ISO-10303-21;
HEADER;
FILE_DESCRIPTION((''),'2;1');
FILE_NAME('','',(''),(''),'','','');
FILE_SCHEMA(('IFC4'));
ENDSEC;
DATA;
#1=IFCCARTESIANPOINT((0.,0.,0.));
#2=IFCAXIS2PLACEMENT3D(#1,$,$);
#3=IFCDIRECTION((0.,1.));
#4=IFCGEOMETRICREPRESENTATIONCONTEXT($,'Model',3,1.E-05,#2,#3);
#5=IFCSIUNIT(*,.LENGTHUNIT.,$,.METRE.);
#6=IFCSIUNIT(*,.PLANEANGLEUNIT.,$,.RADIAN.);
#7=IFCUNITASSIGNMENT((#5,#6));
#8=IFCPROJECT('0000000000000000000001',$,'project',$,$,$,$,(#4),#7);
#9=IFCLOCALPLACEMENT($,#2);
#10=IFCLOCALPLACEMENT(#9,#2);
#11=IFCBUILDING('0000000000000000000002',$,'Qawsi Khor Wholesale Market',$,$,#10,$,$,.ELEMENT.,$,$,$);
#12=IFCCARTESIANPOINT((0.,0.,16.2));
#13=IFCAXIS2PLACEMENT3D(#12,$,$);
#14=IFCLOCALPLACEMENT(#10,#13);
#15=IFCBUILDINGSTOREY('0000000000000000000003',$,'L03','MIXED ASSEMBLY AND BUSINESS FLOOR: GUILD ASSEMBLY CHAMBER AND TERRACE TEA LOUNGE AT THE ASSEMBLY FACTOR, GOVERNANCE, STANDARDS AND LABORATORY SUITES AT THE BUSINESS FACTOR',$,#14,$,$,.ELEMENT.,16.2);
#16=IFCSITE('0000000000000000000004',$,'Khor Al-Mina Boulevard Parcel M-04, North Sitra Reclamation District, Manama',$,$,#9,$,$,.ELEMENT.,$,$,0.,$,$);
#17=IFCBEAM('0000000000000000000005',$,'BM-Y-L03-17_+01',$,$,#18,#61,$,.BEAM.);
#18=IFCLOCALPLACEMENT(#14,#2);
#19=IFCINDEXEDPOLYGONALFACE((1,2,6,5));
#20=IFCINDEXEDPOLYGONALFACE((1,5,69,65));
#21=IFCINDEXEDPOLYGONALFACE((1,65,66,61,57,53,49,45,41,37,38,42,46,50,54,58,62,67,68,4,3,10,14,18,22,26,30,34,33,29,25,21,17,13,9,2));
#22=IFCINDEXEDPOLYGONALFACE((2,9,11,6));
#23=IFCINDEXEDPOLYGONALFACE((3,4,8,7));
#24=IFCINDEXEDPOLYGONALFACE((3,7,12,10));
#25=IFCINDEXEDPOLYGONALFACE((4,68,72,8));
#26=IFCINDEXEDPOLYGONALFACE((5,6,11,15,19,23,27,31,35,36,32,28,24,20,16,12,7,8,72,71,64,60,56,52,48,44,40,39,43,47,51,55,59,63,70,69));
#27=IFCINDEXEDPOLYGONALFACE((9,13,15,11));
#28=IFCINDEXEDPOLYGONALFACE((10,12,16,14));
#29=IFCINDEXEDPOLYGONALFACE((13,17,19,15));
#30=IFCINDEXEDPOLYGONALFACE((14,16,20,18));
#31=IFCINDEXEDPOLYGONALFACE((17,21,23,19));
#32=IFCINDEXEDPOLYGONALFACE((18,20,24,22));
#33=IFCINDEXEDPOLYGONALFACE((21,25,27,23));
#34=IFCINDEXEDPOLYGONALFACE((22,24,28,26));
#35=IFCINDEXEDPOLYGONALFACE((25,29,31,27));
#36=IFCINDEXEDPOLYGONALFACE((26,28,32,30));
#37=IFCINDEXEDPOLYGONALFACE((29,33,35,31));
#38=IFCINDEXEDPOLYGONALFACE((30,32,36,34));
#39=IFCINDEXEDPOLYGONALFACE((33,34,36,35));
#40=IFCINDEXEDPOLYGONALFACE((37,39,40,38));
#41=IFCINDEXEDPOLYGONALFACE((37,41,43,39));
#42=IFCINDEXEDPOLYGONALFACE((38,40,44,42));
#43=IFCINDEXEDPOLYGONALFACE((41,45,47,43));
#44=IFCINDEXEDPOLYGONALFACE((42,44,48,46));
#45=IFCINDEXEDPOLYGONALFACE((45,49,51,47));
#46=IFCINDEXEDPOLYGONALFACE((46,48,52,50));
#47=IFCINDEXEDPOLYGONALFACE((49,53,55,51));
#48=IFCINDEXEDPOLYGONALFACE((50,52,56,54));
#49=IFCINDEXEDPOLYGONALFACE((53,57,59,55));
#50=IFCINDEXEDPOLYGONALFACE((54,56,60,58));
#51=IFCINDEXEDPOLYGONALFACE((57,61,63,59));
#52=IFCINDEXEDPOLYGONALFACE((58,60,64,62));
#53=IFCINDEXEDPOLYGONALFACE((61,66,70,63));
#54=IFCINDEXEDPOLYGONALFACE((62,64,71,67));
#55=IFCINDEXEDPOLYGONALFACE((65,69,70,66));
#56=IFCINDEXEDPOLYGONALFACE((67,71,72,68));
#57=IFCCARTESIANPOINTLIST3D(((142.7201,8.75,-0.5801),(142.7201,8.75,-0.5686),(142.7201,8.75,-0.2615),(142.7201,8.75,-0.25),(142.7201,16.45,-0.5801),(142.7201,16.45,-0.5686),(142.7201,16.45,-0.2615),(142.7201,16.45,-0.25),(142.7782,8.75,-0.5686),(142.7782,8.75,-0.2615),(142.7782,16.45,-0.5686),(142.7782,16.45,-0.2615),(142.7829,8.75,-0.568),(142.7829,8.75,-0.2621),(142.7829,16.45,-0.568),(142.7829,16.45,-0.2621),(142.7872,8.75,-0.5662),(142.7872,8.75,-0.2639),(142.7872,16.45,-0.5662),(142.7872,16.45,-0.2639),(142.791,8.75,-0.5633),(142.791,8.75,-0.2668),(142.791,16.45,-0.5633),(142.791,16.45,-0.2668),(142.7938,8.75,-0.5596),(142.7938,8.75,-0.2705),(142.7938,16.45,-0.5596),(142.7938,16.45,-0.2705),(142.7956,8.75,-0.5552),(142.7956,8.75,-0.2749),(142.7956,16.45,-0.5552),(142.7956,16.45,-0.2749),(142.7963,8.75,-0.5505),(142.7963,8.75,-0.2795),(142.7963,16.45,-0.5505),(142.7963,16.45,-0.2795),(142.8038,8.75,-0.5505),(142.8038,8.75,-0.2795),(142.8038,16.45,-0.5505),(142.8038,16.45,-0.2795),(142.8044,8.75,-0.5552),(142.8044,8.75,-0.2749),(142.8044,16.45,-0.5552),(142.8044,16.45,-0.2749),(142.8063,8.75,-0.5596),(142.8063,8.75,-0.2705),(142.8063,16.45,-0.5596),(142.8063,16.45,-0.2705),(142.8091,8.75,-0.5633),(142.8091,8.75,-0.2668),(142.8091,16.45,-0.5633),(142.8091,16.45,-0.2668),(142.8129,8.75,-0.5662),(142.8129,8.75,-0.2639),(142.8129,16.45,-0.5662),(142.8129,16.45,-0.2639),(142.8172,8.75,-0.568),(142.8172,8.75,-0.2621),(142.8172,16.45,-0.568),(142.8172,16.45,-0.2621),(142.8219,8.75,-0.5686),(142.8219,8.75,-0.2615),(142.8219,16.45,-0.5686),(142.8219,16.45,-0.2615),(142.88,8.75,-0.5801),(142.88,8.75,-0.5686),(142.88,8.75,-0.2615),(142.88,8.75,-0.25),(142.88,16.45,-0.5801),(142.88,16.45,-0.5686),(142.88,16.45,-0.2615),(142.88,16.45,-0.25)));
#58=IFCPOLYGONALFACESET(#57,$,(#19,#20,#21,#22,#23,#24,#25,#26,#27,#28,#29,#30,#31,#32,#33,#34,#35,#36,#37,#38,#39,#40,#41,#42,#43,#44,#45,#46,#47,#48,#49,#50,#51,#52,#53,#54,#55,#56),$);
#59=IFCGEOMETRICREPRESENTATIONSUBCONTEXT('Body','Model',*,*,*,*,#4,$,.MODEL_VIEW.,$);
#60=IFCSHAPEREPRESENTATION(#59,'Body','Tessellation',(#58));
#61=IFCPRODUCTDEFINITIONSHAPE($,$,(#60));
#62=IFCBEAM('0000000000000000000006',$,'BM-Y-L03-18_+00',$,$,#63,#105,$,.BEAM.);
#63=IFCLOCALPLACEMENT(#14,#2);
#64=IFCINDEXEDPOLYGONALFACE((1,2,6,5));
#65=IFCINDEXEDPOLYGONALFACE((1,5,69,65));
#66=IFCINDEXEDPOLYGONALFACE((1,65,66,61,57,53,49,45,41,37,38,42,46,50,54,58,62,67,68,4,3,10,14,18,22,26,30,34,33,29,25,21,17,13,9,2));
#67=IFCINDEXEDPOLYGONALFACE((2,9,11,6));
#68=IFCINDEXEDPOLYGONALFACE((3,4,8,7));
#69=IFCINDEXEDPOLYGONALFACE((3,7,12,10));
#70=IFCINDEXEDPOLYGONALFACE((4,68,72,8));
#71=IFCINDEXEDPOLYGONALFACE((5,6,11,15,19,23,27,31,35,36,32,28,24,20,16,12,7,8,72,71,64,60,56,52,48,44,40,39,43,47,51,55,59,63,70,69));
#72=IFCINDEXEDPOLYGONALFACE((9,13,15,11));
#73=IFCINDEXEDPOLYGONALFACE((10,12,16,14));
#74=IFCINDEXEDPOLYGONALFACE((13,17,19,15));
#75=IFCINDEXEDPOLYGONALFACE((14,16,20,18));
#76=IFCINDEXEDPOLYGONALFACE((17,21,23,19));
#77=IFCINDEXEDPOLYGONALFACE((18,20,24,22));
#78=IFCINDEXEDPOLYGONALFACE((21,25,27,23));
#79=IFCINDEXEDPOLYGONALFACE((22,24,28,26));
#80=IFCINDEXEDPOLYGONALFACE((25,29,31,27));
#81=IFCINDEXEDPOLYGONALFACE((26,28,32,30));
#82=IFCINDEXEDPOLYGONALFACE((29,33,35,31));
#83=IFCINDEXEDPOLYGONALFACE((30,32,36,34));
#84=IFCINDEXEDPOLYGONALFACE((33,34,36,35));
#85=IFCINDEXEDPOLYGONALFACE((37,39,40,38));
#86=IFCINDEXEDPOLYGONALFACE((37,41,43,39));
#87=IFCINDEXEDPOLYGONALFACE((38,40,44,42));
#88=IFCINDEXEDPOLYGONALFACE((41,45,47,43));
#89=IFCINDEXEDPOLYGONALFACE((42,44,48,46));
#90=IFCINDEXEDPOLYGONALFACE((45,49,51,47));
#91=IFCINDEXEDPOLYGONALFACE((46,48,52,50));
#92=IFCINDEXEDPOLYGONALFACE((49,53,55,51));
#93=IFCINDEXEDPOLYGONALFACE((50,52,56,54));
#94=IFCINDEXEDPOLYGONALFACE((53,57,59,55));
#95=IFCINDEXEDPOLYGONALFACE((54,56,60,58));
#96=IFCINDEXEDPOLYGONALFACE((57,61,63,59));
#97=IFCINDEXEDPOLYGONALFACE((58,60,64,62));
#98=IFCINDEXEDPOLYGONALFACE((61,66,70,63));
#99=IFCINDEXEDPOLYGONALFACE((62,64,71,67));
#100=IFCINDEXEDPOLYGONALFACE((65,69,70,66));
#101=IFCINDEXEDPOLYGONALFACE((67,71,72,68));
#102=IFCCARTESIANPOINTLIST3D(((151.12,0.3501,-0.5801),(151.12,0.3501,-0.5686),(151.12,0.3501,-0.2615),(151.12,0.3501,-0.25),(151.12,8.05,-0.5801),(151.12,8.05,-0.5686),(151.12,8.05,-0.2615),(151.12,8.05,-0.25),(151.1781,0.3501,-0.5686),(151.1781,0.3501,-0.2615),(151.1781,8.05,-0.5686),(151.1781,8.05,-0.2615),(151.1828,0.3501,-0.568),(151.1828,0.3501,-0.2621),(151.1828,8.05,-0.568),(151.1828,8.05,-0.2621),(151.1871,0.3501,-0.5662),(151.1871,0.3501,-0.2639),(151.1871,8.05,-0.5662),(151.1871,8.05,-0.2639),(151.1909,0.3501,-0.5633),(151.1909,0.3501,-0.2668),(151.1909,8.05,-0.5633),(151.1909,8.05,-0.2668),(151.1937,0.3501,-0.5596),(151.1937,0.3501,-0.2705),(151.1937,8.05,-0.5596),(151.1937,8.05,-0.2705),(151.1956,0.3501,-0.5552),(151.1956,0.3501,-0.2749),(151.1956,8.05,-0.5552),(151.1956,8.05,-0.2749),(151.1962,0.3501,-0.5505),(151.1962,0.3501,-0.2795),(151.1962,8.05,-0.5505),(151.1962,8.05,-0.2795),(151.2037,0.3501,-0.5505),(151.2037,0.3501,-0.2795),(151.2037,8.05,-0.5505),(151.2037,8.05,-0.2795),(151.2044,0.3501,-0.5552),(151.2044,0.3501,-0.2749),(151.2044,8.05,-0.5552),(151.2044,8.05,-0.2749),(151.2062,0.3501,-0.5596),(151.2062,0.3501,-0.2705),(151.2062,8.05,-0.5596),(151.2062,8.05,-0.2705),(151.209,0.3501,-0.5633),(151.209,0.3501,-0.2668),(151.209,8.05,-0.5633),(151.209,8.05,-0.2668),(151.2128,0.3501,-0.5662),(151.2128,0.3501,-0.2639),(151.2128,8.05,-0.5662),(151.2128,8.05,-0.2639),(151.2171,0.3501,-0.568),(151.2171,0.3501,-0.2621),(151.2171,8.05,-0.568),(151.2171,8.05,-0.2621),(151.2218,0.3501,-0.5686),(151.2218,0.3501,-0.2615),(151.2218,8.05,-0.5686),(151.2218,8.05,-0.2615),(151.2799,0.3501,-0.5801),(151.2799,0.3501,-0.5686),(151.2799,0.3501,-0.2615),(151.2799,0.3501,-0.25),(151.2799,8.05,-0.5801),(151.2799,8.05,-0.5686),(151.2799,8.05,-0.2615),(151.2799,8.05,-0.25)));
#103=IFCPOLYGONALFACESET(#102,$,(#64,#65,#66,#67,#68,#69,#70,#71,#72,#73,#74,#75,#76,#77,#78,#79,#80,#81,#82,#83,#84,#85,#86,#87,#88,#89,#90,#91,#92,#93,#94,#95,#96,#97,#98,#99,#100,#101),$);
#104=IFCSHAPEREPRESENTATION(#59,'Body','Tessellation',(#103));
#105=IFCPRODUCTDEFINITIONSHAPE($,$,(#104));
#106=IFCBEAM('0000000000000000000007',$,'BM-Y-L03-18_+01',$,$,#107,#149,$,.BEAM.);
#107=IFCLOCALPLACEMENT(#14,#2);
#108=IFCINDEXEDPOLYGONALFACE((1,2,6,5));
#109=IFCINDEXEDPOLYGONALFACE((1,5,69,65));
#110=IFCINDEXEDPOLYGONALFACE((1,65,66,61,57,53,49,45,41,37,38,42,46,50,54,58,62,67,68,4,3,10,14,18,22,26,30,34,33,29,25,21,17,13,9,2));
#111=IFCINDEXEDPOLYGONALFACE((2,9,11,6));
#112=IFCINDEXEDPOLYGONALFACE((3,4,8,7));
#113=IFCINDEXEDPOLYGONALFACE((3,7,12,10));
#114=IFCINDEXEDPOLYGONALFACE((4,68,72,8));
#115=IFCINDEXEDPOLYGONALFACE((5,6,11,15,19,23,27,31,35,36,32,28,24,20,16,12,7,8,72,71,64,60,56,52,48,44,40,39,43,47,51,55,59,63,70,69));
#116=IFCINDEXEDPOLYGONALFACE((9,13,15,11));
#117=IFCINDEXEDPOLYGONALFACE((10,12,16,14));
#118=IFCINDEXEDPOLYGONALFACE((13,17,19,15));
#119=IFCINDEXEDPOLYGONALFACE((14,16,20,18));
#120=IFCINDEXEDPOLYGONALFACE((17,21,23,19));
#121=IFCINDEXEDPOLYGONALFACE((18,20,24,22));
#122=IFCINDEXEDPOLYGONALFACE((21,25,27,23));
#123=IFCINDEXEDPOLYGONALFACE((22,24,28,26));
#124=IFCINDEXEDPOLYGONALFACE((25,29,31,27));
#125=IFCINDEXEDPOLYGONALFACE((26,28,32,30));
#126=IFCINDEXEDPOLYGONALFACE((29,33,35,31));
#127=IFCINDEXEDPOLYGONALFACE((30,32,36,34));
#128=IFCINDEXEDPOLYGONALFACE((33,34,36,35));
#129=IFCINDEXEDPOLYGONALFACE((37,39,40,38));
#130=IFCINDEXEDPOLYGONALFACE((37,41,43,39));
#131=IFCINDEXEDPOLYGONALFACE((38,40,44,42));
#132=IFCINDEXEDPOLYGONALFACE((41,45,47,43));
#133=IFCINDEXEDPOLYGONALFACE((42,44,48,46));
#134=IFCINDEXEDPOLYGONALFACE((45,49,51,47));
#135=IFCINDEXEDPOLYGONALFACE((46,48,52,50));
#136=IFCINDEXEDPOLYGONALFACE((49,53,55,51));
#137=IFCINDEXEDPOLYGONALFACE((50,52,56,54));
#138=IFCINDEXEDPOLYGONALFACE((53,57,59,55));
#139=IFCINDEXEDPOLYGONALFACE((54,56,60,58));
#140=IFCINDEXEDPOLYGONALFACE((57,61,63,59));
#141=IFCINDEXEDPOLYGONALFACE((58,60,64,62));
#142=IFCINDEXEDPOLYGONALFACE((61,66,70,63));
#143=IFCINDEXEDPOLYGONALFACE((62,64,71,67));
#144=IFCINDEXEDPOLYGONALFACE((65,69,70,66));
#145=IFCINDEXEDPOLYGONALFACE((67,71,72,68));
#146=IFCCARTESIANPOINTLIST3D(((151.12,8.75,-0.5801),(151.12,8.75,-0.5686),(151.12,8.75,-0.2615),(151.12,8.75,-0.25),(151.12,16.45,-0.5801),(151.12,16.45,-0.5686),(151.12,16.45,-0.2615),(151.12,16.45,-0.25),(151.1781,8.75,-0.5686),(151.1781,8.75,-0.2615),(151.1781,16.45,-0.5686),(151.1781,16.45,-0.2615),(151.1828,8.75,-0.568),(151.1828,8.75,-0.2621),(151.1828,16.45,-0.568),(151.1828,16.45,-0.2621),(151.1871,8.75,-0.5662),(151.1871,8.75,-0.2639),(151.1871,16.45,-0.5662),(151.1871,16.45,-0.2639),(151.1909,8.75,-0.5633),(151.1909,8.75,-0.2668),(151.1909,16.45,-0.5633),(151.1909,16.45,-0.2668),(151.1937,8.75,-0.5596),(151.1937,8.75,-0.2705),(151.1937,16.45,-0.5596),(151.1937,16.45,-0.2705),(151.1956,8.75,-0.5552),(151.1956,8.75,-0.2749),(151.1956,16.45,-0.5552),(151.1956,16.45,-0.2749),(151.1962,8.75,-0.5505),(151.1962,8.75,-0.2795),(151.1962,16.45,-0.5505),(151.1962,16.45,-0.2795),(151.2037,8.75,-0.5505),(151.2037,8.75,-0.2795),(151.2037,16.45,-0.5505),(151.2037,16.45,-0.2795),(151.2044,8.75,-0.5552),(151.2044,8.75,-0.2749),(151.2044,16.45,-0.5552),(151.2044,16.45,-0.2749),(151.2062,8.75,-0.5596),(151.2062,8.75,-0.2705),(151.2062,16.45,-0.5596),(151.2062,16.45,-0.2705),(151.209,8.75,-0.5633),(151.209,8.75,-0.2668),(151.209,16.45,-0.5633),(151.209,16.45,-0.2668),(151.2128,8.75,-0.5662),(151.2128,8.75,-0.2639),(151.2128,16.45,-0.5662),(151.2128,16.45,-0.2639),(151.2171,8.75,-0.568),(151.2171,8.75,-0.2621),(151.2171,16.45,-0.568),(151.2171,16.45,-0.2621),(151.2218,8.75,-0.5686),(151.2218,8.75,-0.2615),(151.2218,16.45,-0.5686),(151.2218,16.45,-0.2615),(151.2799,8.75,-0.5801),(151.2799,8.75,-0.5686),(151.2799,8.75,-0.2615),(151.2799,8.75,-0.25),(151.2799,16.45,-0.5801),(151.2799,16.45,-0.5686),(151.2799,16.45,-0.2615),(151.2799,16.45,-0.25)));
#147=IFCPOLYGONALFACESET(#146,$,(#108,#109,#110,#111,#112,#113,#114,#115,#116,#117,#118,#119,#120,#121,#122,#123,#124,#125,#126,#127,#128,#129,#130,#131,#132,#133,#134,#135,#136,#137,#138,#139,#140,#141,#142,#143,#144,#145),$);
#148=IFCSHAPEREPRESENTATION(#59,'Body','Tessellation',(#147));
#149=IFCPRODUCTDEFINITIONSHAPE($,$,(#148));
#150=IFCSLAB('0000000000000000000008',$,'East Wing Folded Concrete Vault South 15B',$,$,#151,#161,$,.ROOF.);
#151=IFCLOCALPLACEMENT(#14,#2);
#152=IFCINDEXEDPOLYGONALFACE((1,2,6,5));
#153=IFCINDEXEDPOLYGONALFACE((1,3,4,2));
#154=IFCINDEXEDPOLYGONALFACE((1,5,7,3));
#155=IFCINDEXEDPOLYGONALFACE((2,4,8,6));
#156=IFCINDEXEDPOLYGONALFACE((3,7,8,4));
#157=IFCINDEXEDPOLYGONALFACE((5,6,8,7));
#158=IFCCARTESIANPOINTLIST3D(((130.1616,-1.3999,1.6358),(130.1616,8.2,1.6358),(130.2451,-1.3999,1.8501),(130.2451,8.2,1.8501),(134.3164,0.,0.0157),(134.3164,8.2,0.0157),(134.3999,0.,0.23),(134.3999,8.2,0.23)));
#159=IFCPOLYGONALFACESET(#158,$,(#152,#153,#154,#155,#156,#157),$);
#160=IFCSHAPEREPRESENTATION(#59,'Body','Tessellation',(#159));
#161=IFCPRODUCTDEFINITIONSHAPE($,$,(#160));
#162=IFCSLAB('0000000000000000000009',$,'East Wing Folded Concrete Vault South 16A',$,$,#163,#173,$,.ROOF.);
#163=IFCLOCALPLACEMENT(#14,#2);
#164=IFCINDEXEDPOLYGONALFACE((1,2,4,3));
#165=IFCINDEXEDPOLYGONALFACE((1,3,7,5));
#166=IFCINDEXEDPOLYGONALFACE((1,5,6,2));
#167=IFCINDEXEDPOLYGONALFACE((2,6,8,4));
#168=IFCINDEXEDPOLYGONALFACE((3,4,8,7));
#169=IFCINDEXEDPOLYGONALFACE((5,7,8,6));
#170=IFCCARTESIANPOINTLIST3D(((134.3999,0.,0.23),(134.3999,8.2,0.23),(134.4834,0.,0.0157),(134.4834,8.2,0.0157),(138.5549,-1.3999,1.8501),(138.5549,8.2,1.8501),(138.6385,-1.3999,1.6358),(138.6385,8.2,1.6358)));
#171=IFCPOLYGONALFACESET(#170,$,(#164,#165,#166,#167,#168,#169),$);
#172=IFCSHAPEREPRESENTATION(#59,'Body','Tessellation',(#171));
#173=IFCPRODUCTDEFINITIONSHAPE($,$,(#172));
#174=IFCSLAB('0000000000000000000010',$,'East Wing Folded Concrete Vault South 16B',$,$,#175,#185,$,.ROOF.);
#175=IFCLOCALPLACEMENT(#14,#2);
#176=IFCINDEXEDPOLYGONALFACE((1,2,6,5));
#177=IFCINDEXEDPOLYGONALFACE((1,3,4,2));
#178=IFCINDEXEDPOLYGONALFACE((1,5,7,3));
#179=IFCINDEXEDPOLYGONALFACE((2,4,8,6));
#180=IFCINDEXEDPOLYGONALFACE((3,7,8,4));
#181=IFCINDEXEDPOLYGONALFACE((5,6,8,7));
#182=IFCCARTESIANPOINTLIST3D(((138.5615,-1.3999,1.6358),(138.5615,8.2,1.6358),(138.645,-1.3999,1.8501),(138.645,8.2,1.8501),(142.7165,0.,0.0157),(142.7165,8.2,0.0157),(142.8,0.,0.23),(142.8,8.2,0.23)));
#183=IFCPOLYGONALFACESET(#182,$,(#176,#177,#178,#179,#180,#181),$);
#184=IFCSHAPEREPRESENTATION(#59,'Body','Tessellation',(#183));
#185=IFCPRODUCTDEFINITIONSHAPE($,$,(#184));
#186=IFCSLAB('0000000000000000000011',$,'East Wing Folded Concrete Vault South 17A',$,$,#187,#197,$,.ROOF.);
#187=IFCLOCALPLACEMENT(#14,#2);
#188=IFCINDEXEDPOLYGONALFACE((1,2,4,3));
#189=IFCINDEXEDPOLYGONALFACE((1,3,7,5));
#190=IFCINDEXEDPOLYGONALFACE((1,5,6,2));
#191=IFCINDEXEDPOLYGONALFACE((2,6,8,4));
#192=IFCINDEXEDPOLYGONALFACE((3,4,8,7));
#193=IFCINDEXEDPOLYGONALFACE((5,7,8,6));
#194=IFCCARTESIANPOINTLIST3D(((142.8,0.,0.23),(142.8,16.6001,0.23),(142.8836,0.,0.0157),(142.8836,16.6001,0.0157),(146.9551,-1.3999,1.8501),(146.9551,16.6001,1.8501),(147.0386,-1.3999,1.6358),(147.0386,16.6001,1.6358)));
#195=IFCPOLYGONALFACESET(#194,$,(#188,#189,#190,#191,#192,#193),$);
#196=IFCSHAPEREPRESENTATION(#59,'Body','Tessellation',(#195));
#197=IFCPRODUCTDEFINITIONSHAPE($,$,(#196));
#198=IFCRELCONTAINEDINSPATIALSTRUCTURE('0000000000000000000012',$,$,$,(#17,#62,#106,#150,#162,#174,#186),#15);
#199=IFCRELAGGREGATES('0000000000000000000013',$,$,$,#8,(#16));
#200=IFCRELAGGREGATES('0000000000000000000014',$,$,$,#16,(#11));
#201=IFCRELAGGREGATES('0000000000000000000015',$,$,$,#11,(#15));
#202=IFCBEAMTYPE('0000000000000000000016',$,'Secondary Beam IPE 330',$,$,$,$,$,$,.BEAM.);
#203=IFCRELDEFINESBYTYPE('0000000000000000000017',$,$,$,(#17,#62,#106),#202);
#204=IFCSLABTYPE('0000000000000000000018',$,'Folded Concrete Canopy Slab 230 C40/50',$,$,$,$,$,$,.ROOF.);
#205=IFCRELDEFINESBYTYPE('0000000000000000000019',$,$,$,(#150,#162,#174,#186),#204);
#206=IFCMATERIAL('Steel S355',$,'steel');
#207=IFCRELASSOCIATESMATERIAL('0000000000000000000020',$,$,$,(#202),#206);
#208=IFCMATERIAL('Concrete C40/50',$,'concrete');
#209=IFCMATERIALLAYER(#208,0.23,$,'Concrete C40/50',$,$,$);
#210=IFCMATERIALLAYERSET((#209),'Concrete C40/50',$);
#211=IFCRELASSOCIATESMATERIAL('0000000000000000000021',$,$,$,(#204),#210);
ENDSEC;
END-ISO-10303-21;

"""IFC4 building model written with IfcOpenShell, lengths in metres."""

from ifc_helpers import new_model, si_unit, direction, frame, origin, origin_2d, place, context, subcontext, project, spatial, polyline, i_section, outline, extrude, material, layer, layer_set, material_profile, profile_set, type_object, element, save


model = new_model("IFC4")

# Units and contexts
model_context = context("Model", 3, precision=1e-05, world=origin(), true_north=direction((0.0, 1.0)))
body_context = subcontext(model_context, "Body", "Model", "MODEL_VIEW")
ifc_project = project(units=[si_unit("LENGTHUNIT", "METRE"), si_unit("PLANEANGLEUNIT", "RADIAN")], contexts=[model_context])

# Site, building, storey
site_placement = place(None, origin())
site = spatial("IfcSite", under=ifc_project, at=site_placement, Name="Khor Al-Mina Boulevard Parcel M-04, North Sitra Reclamation District, Manama", CompositionType="ELEMENT", RefElevation=0.0)
building_placement = place(site_placement, origin())
building = spatial("IfcBuilding", under=site, at=building_placement, Name="Qawsi Khor Wholesale Market", CompositionType="ELEMENT")
storey_placement = place(building_placement, frame((0.0, 0.0, 16.2)))
storey = spatial("IfcBuildingStorey", under=building, at=storey_placement, Name="L03", Description="MIXED ASSEMBLY AND BUSINESS FLOOR: GUILD ASSEMBLY CHAMBER AND TERRACE TEA LOUNGE AT THE ASSEMBLY FACTOR, GOVERNANCE, STANDARDS AND LABORATORY SUITES AT THE BUSINESS FACTOR", CompositionType="ELEMENT", Elevation=16.2)

# Beams
ifc_material_1 = material(Name="Steel S355", Category="steel")
ifc_material_profile_1 = material_profile(ifc_material_1, i_section(OverallWidth=0.1599, OverallDepth=0.3301, WebThickness=0.0076, FlangeThickness=0.0115, FilletRadius=0.0181, at=origin_2d()), Name="IPE 330")
ifc_profile_set_1 = profile_set([ifc_material_profile_1], Name="Steel S355")
beam_type_1 = type_object("IfcBeamType", Name="Secondary Beam IPE 330", PredefinedType="BEAM", material=ifc_profile_set_1)
for number, where, z_axis, x_axis, name in (
    (1, (142.8, 8.75, -0.415), (0.0, 1.0, 0.0), (-1.0, 0.0, 0.0), "BM-Y-L03-17_+01"),
    (2, (151.2, 0.3501, -0.415), (0.0, 1.0, 0.0), (-1.0, 0.0, 0.0), "BM-Y-L03-18_+00"),
    (3, (151.2, 8.75, -0.415), (0.0, 1.0, 0.0), (-1.0, 0.0, 0.0), "BM-Y-L03-18_+01"),
):
    element("IfcBeam", number, at=place(storey_placement, frame(where, z_axis=z_axis, x_axis=x_axis)), inside=storey, type_object=beam_type_1, Name=name, PredefinedType="BEAM", context=body_context, shape_type="SweptSolid", body=[
        extrude(i_section(OverallWidth=0.1599, OverallDepth=0.3301, WebThickness=0.0076, FlangeThickness=0.0115, FilletRadius=0.0181, at=origin_2d()), origin(), (0.0, 0.0, 1.0), 7.7),
    ])

# Slabs
ifc_material_2 = material(Name="Concrete C40/50", Category="concrete")
ifc_layer_1 = layer(ifc_material_2, 0.23, Name="Concrete C40/50")
ifc_layer_set_1 = layer_set([ifc_layer_1], Name="Concrete C40/50")
slab_type = type_object("IfcSlabType", Name="Folded Concrete Canopy Slab 230 C40/50", PredefinedType="ROOF", material=ifc_layer_set_1)
slab_1_placement = place(storey_placement, frame((130.2451, -1.3999, 1.8501), z_axis=(0.363297, 0.0, 0.931673), x_axis=(0.888905, 0.299505, -0.34662)))
element("IfcSlab", 4, at=slab_1_placement, inside=storey, type_object=slab_type, Name="East Wing Folded Concrete Vault South 15B", PredefinedType="ROOF", context=body_context, shape_type="SweptSolid", body=[
    extrude(outline(polyline([(0.0, 0.0), (4.6741, 0.0), (7.13, 7.8235), (2.8752, 9.1592), (0.0, 0.0)])), origin(), (0.0, 0.0, -1.0), 0.23),
])
slab_2_placement = place(storey_placement, frame((134.3999, 0.0, 0.23), z_axis=(-0.363278, 0.0, 0.931681), x_axis=(0.888916, -0.299491, 0.346603)))
element("IfcSlab", 5, at=slab_2_placement, inside=storey, type_object=slab_type, Name="East Wing Folded Concrete Vault South 16A", PredefinedType="ROOF", context=body_context, shape_type="SweptSolid", body=[
    extrude(outline(polyline([(0.0, 0.0), (4.6743, 0.0), (1.7992, 9.1592), (-2.4558, 7.8236), (0.0, 0.0)])), origin(), (0.0, 0.0, -1.0), 0.23),
])
slab_3_placement = place(storey_placement, frame((138.645, -1.3999, 1.8501), z_axis=(0.363278, 0.0, 0.931681), x_axis=(0.888916, 0.299491, -0.346603)))
element("IfcSlab", 6, at=slab_3_placement, inside=storey, type_object=slab_type, Name="East Wing Folded Concrete Vault South 16B", PredefinedType="ROOF", context=body_context, shape_type="SweptSolid", body=[
    extrude(outline(polyline([(0.0, 0.0), (4.6743, 0.0), (7.1301, 7.8236), (2.8751, 9.1592), (0.0, 0.0)])), origin(), (0.0, 0.0, -1.0), 0.23),
])
slab_4_placement = place(storey_placement, frame((142.8, 0.0, 0.23), z_axis=(-0.363278, 0.0, 0.931681), x_axis=(0.888916, -0.299491, 0.346603)))
element("IfcSlab", 7, at=slab_4_placement, inside=storey, type_object=slab_type, Name="East Wing Folded Concrete Vault South 17A", PredefinedType="ROOF", context=body_context, shape_type="SweptSolid", body=[
    extrude(outline(polyline([(0.0, 0.0), (4.6743, 0.0), (-0.7166, 17.1738), (-4.9716, 15.8381), (0.0, 0.0)])), origin(), (0.0, 0.0, -1.0), 0.23),
])

save(model, "model.ifc")
